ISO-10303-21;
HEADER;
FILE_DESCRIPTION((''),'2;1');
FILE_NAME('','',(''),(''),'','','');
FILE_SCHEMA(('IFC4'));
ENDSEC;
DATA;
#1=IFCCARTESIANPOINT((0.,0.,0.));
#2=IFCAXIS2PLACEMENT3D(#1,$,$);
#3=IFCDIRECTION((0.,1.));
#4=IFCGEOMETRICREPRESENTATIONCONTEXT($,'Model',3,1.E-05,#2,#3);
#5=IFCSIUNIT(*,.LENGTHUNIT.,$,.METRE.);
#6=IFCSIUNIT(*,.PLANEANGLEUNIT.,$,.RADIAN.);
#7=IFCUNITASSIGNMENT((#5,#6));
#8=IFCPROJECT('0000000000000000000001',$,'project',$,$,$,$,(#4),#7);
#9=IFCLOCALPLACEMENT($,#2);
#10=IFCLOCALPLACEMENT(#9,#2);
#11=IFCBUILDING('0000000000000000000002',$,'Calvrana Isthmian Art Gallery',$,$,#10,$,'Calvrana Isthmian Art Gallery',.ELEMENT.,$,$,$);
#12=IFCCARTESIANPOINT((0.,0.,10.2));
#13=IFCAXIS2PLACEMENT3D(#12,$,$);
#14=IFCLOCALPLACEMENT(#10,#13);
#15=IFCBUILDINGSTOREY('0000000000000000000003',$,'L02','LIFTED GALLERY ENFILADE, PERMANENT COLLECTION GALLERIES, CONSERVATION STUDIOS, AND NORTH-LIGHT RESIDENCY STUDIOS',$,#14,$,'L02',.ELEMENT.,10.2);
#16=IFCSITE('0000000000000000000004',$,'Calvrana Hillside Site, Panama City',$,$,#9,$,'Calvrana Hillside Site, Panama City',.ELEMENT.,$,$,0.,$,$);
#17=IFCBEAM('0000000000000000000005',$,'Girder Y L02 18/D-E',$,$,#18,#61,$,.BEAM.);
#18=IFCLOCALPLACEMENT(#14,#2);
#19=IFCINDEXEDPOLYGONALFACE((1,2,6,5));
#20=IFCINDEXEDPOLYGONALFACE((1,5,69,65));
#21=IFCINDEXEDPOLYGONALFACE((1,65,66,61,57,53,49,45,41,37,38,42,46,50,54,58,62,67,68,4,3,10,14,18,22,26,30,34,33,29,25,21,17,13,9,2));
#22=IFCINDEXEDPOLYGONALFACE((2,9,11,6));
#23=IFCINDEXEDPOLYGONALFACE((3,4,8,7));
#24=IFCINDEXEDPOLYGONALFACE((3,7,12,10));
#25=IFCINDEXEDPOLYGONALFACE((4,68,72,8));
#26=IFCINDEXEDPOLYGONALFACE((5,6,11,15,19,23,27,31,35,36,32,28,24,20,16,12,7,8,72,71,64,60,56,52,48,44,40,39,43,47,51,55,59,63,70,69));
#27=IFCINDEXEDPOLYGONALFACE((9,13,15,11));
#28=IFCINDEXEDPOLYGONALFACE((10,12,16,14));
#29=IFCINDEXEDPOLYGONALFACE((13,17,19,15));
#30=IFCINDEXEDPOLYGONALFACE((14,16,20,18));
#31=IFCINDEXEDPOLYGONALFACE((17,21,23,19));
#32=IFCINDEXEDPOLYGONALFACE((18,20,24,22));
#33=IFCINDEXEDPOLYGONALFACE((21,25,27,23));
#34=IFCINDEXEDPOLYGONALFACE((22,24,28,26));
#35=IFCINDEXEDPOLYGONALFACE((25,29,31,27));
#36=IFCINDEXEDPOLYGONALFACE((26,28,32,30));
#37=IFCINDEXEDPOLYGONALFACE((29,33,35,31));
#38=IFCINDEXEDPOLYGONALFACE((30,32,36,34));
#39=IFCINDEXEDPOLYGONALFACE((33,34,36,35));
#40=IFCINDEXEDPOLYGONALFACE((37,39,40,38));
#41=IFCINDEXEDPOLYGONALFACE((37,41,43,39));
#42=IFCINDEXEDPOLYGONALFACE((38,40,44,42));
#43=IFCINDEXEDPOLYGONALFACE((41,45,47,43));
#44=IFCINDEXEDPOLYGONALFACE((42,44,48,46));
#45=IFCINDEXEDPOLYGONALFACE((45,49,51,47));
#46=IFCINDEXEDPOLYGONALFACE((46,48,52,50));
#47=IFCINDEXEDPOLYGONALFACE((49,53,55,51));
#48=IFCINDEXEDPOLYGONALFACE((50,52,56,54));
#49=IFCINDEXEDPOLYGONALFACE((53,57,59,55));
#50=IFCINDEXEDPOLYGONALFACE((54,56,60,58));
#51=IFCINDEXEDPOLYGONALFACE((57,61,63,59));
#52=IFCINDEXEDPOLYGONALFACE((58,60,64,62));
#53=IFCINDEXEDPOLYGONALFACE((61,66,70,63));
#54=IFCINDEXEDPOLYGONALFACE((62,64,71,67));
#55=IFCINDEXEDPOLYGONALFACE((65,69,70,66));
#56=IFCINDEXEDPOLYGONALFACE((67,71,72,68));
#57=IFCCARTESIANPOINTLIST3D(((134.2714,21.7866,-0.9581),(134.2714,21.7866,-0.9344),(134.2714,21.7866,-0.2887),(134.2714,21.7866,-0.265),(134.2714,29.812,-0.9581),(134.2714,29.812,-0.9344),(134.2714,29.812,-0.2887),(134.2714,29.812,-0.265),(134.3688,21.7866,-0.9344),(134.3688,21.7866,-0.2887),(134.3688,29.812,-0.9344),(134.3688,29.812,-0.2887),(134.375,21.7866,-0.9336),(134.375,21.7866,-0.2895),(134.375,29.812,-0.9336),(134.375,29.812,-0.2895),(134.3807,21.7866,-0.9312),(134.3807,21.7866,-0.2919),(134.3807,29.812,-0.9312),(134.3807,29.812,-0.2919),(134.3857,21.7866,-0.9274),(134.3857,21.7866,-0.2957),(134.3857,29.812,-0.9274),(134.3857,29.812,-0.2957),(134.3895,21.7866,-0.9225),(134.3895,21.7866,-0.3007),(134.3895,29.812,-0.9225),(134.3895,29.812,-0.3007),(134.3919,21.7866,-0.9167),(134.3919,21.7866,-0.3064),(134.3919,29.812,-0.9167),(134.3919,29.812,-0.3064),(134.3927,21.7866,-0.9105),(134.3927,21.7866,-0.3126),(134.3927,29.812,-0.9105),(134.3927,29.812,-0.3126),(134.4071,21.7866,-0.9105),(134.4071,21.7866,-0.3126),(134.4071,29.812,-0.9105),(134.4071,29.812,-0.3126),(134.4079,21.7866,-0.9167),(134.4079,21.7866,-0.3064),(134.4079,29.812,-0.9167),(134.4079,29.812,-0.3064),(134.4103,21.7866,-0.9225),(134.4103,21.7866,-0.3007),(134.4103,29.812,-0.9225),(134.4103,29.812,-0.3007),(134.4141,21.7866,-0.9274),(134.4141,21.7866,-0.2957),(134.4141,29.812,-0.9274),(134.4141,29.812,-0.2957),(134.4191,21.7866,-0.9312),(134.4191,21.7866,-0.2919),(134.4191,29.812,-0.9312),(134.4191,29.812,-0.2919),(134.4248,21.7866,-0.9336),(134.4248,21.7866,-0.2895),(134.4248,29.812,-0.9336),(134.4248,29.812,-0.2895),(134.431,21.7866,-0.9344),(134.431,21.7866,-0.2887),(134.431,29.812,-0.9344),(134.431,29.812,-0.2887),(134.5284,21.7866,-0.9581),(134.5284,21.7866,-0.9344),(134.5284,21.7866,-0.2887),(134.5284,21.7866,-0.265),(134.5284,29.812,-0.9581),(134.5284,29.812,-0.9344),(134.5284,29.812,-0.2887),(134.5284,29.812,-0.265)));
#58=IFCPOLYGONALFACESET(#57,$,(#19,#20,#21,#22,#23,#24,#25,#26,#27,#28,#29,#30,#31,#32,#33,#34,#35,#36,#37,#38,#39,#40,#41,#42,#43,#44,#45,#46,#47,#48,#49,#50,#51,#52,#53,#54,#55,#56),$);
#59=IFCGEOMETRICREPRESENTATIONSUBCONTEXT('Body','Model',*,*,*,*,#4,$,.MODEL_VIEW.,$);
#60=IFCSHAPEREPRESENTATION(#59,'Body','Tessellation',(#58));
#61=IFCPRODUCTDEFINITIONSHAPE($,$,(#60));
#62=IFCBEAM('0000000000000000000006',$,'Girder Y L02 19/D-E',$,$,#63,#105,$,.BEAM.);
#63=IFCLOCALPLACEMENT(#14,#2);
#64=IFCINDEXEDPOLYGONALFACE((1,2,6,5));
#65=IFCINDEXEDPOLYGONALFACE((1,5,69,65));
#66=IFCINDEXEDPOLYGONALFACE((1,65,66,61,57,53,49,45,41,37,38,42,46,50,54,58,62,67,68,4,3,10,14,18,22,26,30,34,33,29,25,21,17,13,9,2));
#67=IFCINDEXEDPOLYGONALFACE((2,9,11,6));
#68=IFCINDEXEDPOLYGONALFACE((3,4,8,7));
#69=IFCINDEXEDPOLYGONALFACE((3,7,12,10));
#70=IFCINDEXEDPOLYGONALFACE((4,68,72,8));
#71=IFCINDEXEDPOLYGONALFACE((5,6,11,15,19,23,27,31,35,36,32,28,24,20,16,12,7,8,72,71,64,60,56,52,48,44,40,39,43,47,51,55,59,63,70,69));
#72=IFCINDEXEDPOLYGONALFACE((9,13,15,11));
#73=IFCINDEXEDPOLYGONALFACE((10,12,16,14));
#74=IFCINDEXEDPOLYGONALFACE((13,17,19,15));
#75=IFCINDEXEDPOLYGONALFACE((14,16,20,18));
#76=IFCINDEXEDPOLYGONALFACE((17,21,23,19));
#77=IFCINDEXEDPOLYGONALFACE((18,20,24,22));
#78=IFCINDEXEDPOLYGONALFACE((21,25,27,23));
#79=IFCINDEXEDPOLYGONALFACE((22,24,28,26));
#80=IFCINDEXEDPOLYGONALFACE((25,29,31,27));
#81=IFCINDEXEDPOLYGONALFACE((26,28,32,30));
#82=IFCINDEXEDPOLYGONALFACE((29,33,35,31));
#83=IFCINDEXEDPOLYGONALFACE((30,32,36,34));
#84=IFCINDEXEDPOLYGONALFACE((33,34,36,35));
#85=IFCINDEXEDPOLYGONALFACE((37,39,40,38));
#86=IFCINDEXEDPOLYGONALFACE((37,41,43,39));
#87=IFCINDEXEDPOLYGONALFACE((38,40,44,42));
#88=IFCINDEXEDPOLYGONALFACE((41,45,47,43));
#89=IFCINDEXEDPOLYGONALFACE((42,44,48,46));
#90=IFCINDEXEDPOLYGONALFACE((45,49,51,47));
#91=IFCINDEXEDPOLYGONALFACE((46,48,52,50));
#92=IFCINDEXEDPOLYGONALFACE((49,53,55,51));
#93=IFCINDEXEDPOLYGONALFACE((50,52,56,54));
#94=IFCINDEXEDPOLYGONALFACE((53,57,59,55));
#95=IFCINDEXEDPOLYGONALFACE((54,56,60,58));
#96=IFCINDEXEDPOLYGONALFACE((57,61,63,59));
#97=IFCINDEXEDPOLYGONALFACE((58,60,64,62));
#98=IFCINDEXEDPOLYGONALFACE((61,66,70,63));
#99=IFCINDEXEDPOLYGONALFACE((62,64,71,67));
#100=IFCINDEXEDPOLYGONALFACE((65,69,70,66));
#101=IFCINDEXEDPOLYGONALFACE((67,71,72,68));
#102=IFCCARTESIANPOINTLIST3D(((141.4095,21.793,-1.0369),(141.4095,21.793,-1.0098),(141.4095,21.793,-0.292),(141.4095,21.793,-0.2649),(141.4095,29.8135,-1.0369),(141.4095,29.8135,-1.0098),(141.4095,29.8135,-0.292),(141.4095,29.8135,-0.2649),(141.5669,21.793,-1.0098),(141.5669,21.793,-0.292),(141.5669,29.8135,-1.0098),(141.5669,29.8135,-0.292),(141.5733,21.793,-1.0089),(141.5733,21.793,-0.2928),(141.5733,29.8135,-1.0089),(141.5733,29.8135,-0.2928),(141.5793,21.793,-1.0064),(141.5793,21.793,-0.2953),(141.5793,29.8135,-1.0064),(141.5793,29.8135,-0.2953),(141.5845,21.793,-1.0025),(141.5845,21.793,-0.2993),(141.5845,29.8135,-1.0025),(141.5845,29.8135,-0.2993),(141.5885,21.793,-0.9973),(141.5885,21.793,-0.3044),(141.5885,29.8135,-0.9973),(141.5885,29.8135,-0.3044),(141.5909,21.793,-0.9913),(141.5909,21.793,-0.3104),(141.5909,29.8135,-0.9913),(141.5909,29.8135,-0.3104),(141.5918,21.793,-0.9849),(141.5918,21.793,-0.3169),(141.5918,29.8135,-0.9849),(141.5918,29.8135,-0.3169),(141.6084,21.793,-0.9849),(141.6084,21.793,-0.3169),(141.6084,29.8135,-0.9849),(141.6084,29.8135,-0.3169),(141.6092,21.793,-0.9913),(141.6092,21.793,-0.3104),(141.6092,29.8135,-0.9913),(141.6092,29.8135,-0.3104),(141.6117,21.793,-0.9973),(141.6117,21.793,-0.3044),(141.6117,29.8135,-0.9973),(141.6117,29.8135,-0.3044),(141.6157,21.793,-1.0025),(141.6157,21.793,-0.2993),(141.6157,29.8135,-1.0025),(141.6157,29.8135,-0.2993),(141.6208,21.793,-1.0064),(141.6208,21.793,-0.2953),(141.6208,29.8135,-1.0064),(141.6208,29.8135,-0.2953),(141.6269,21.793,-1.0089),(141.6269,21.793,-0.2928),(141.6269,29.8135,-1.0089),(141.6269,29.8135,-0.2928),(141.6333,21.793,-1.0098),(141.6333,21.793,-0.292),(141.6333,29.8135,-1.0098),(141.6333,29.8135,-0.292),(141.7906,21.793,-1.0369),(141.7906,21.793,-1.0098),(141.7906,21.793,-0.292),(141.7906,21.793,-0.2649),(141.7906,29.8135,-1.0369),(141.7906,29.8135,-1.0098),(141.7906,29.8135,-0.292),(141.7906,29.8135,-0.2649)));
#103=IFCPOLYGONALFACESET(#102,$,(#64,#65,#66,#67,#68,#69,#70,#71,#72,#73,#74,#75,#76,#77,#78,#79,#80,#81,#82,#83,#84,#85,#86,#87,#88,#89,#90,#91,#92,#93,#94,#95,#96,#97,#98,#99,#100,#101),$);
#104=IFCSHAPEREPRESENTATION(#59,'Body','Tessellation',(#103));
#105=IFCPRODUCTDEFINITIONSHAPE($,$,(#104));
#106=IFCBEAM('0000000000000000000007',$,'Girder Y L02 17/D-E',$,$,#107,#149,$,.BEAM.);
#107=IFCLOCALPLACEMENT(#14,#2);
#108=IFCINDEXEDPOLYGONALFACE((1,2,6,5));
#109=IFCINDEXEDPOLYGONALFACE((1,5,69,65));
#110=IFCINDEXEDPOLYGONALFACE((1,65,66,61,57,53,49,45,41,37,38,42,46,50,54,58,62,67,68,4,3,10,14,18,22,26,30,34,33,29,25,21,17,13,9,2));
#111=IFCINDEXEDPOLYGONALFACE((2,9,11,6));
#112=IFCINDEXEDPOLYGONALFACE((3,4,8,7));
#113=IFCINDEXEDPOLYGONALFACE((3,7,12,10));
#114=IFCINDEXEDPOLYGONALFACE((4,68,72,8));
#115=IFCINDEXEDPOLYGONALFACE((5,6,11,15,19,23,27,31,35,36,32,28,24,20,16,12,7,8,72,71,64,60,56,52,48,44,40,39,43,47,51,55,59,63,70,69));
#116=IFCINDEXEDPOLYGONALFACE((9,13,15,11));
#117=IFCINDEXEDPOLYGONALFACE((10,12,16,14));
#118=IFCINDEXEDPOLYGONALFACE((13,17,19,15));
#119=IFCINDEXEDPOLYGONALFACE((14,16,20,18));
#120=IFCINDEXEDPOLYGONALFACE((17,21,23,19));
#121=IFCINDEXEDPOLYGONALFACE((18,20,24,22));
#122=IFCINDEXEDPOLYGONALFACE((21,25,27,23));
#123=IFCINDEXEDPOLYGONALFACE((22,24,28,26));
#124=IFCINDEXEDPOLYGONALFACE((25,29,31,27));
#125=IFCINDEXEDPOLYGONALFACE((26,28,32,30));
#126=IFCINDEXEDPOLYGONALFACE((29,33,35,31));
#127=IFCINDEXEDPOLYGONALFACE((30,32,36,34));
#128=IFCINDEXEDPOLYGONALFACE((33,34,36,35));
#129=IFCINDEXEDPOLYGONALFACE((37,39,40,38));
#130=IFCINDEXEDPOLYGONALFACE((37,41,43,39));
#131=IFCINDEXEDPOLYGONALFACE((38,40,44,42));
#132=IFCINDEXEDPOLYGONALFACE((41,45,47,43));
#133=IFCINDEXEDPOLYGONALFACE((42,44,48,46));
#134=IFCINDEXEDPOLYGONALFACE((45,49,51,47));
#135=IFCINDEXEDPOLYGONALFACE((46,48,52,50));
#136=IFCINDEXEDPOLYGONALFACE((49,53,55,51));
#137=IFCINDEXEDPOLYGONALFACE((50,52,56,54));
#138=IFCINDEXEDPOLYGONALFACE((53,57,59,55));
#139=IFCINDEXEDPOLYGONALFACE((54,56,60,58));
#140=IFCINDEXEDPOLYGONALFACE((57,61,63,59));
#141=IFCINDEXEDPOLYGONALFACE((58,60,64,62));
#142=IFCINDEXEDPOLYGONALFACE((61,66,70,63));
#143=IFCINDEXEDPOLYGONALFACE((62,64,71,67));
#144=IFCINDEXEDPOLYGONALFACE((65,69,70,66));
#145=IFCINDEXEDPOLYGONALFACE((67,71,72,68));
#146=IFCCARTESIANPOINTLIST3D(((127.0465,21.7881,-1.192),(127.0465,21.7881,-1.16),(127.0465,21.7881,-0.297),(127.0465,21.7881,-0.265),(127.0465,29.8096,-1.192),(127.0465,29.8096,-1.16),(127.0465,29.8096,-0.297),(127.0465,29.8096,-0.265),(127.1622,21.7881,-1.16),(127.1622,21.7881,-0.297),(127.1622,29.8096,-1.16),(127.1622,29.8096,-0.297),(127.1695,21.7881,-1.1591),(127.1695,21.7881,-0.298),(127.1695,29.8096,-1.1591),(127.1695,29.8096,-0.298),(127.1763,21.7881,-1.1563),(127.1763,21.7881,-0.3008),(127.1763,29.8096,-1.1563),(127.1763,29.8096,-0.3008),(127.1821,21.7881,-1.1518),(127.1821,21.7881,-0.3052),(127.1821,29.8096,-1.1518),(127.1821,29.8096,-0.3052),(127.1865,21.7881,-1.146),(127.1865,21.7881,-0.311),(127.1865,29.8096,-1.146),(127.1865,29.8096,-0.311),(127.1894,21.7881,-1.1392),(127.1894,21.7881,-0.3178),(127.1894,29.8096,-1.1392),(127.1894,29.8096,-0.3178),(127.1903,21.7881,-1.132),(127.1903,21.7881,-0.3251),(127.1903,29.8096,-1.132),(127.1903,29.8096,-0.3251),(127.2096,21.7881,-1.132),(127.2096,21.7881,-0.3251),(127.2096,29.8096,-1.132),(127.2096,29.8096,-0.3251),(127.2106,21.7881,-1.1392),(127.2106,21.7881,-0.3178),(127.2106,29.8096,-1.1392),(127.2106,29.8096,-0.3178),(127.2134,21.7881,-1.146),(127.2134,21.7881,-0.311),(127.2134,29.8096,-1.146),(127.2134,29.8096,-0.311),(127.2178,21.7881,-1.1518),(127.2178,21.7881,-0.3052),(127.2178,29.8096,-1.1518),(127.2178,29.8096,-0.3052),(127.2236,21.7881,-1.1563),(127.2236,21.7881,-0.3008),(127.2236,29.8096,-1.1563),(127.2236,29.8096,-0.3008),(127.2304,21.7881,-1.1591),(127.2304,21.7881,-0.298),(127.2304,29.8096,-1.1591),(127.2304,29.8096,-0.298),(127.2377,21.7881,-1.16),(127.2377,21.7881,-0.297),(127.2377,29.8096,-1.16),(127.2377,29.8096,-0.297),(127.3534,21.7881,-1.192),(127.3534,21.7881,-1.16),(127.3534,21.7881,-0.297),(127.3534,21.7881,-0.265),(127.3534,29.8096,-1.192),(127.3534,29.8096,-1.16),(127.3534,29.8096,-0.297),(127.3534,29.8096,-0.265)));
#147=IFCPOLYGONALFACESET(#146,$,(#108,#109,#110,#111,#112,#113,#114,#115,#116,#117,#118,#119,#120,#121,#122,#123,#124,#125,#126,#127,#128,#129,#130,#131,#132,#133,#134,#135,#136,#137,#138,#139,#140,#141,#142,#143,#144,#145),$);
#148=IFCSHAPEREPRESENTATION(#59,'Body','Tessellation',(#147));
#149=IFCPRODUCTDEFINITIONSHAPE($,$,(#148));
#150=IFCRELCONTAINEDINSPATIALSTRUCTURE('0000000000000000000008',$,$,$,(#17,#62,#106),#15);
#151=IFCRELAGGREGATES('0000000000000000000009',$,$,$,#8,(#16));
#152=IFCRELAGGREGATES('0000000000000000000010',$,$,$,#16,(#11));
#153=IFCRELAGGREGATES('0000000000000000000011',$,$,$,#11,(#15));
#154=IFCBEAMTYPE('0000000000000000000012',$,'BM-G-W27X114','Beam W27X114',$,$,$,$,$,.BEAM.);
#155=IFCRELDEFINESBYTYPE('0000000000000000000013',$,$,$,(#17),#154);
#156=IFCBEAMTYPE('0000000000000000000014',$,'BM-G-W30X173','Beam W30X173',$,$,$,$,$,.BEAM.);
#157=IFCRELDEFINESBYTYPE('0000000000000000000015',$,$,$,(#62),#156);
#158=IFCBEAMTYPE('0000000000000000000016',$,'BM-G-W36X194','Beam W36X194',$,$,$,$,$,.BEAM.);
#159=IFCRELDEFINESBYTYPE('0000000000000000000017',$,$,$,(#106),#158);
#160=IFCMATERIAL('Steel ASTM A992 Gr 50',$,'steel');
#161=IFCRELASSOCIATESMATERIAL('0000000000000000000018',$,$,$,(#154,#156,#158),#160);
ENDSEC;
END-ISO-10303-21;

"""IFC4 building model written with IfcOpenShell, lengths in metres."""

from ifc_helpers import new_model, si_unit, direction, frame, origin, origin_2d, place, context, subcontext, project, spatial, i_section, extrude, material, material_profile, profile_set, type_object, element, save


model = new_model("IFC4")

# Units and contexts
model_context = context("Model", 3, precision=1e-05, world=origin(), true_north=direction((0.0, 1.0)))
body_context = subcontext(model_context, "Body", "Model", "MODEL_VIEW")
ifc_project = project(units=[si_unit("LENGTHUNIT", "METRE"), si_unit("PLANEANGLEUNIT", "RADIAN")], contexts=[model_context])

# Site, building, storey
site_placement = place(None, origin())
site = spatial("IfcSite", under=ifc_project, at=site_placement, Name="Calvrana Hillside Site, Panama City", LongName="Calvrana Hillside Site, Panama City", CompositionType="ELEMENT", RefElevation=0.0)
building_placement = place(site_placement, origin())
building = spatial("IfcBuilding", under=site, at=building_placement, Name="Calvrana Isthmian Art Gallery", LongName="Calvrana Isthmian Art Gallery", CompositionType="ELEMENT")
storey_placement = place(building_placement, frame((0.0, 0.0, 10.2)))
storey = spatial("IfcBuildingStorey", under=building, at=storey_placement, Name="L02", Description="LIFTED GALLERY ENFILADE, PERMANENT COLLECTION GALLERIES, CONSERVATION STUDIOS, AND NORTH-LIGHT RESIDENCY STUDIOS", LongName="L02", CompositionType="ELEMENT", Elevation=10.2)

# Shared definitions
ifc_material_1 = material(Name="Steel ASTM A992 Gr 50", Category="steel")

# Beams
ifc_material_profile_1 = material_profile(ifc_material_1, i_section(OverallWidth=0.2571, OverallDepth=0.6931, WebThickness=0.0144, FlangeThickness=0.0237, FilletRadius=0.0239, at=origin_2d()), Name="W27X114")
ifc_profile_set_1 = profile_set([ifc_material_profile_1], Name="Steel ASTM A992 Gr 50")
beam_type_1 = type_object("IfcBeamType", Name="BM-G-W27X114", Description="Beam W27X114", PredefinedType="BEAM", material=ifc_profile_set_1)
beam_1_placement = place(storey_placement, frame((134.3999, 21.7866, -0.6116), z_axis=(0.0, 1.0, 0.0), x_axis=(-1.0, 0.0, 0.0)))
element("IfcBeam", 1, at=beam_1_placement, inside=storey, type_object=beam_type_1, Name="Girder Y L02 18/D-E", PredefinedType="BEAM", context=body_context, shape_type="SweptSolid", body=[
    extrude(i_section(OverallWidth=0.2571, OverallDepth=0.6931, WebThickness=0.0144, FlangeThickness=0.0237, FilletRadius=0.0239, at=origin_2d()), origin(), (0.0, 0.0, 1.0), 8.0254),
])
ifc_material_profile_2 = material_profile(ifc_material_1, i_section(OverallWidth=0.3811, OverallDepth=0.772, WebThickness=0.0166, FlangeThickness=0.0271, FilletRadius=0.0249, at=origin_2d()), Name="W30X173")
ifc_profile_set_2 = profile_set([ifc_material_profile_2], Name="Steel ASTM A992 Gr 50")
beam_type_2 = type_object("IfcBeamType", Name="BM-G-W30X173", Description="Beam W30X173", PredefinedType="BEAM", material=ifc_profile_set_2)
beam_2_placement = place(storey_placement, frame((141.6001, 21.793, -0.6509), z_axis=(0.0, 1.0, 0.0), x_axis=(-1.0, 0.0, 0.0)))
element("IfcBeam", 2, at=beam_2_placement, inside=storey, type_object=beam_type_2, Name="Girder Y L02 19/D-E", PredefinedType="BEAM", context=body_context, shape_type="SweptSolid", body=[
    extrude(i_section(OverallWidth=0.3811, OverallDepth=0.772, WebThickness=0.0166, FlangeThickness=0.0271, FilletRadius=0.0249, at=origin_2d()), origin(), (0.0, 0.0, 1.0), 8.0205),
])
ifc_material_profile_3 = material_profile(ifc_material_1, i_section(OverallWidth=0.3069, OverallDepth=0.927, WebThickness=0.0193, FlangeThickness=0.032, FilletRadius=0.0281, at=origin_2d()), Name="W36X194")
ifc_profile_set_3 = profile_set([ifc_material_profile_3], Name="Steel ASTM A992 Gr 50")
beam_type_3 = type_object("IfcBeamType", Name="BM-G-W36X194", Description="Beam W36X194", PredefinedType="BEAM", material=ifc_profile_set_3)
beam_3_placement = place(storey_placement, frame((127.2, 21.7881, -0.7285), z_axis=(0.0, 1.0, 0.0), x_axis=(-1.0, 0.0, 0.0)))
element("IfcBeam", 3, at=beam_3_placement, inside=storey, type_object=beam_type_3, Name="Girder Y L02 17/D-E", PredefinedType="BEAM", context=body_context, shape_type="SweptSolid", body=[
    extrude(i_section(OverallWidth=0.3069, OverallDepth=0.927, WebThickness=0.0193, FlangeThickness=0.032, FilletRadius=0.0281, at=origin_2d()), origin(), (0.0, 0.0, 1.0), 8.0215),
])

save(model, "model.ifc")
